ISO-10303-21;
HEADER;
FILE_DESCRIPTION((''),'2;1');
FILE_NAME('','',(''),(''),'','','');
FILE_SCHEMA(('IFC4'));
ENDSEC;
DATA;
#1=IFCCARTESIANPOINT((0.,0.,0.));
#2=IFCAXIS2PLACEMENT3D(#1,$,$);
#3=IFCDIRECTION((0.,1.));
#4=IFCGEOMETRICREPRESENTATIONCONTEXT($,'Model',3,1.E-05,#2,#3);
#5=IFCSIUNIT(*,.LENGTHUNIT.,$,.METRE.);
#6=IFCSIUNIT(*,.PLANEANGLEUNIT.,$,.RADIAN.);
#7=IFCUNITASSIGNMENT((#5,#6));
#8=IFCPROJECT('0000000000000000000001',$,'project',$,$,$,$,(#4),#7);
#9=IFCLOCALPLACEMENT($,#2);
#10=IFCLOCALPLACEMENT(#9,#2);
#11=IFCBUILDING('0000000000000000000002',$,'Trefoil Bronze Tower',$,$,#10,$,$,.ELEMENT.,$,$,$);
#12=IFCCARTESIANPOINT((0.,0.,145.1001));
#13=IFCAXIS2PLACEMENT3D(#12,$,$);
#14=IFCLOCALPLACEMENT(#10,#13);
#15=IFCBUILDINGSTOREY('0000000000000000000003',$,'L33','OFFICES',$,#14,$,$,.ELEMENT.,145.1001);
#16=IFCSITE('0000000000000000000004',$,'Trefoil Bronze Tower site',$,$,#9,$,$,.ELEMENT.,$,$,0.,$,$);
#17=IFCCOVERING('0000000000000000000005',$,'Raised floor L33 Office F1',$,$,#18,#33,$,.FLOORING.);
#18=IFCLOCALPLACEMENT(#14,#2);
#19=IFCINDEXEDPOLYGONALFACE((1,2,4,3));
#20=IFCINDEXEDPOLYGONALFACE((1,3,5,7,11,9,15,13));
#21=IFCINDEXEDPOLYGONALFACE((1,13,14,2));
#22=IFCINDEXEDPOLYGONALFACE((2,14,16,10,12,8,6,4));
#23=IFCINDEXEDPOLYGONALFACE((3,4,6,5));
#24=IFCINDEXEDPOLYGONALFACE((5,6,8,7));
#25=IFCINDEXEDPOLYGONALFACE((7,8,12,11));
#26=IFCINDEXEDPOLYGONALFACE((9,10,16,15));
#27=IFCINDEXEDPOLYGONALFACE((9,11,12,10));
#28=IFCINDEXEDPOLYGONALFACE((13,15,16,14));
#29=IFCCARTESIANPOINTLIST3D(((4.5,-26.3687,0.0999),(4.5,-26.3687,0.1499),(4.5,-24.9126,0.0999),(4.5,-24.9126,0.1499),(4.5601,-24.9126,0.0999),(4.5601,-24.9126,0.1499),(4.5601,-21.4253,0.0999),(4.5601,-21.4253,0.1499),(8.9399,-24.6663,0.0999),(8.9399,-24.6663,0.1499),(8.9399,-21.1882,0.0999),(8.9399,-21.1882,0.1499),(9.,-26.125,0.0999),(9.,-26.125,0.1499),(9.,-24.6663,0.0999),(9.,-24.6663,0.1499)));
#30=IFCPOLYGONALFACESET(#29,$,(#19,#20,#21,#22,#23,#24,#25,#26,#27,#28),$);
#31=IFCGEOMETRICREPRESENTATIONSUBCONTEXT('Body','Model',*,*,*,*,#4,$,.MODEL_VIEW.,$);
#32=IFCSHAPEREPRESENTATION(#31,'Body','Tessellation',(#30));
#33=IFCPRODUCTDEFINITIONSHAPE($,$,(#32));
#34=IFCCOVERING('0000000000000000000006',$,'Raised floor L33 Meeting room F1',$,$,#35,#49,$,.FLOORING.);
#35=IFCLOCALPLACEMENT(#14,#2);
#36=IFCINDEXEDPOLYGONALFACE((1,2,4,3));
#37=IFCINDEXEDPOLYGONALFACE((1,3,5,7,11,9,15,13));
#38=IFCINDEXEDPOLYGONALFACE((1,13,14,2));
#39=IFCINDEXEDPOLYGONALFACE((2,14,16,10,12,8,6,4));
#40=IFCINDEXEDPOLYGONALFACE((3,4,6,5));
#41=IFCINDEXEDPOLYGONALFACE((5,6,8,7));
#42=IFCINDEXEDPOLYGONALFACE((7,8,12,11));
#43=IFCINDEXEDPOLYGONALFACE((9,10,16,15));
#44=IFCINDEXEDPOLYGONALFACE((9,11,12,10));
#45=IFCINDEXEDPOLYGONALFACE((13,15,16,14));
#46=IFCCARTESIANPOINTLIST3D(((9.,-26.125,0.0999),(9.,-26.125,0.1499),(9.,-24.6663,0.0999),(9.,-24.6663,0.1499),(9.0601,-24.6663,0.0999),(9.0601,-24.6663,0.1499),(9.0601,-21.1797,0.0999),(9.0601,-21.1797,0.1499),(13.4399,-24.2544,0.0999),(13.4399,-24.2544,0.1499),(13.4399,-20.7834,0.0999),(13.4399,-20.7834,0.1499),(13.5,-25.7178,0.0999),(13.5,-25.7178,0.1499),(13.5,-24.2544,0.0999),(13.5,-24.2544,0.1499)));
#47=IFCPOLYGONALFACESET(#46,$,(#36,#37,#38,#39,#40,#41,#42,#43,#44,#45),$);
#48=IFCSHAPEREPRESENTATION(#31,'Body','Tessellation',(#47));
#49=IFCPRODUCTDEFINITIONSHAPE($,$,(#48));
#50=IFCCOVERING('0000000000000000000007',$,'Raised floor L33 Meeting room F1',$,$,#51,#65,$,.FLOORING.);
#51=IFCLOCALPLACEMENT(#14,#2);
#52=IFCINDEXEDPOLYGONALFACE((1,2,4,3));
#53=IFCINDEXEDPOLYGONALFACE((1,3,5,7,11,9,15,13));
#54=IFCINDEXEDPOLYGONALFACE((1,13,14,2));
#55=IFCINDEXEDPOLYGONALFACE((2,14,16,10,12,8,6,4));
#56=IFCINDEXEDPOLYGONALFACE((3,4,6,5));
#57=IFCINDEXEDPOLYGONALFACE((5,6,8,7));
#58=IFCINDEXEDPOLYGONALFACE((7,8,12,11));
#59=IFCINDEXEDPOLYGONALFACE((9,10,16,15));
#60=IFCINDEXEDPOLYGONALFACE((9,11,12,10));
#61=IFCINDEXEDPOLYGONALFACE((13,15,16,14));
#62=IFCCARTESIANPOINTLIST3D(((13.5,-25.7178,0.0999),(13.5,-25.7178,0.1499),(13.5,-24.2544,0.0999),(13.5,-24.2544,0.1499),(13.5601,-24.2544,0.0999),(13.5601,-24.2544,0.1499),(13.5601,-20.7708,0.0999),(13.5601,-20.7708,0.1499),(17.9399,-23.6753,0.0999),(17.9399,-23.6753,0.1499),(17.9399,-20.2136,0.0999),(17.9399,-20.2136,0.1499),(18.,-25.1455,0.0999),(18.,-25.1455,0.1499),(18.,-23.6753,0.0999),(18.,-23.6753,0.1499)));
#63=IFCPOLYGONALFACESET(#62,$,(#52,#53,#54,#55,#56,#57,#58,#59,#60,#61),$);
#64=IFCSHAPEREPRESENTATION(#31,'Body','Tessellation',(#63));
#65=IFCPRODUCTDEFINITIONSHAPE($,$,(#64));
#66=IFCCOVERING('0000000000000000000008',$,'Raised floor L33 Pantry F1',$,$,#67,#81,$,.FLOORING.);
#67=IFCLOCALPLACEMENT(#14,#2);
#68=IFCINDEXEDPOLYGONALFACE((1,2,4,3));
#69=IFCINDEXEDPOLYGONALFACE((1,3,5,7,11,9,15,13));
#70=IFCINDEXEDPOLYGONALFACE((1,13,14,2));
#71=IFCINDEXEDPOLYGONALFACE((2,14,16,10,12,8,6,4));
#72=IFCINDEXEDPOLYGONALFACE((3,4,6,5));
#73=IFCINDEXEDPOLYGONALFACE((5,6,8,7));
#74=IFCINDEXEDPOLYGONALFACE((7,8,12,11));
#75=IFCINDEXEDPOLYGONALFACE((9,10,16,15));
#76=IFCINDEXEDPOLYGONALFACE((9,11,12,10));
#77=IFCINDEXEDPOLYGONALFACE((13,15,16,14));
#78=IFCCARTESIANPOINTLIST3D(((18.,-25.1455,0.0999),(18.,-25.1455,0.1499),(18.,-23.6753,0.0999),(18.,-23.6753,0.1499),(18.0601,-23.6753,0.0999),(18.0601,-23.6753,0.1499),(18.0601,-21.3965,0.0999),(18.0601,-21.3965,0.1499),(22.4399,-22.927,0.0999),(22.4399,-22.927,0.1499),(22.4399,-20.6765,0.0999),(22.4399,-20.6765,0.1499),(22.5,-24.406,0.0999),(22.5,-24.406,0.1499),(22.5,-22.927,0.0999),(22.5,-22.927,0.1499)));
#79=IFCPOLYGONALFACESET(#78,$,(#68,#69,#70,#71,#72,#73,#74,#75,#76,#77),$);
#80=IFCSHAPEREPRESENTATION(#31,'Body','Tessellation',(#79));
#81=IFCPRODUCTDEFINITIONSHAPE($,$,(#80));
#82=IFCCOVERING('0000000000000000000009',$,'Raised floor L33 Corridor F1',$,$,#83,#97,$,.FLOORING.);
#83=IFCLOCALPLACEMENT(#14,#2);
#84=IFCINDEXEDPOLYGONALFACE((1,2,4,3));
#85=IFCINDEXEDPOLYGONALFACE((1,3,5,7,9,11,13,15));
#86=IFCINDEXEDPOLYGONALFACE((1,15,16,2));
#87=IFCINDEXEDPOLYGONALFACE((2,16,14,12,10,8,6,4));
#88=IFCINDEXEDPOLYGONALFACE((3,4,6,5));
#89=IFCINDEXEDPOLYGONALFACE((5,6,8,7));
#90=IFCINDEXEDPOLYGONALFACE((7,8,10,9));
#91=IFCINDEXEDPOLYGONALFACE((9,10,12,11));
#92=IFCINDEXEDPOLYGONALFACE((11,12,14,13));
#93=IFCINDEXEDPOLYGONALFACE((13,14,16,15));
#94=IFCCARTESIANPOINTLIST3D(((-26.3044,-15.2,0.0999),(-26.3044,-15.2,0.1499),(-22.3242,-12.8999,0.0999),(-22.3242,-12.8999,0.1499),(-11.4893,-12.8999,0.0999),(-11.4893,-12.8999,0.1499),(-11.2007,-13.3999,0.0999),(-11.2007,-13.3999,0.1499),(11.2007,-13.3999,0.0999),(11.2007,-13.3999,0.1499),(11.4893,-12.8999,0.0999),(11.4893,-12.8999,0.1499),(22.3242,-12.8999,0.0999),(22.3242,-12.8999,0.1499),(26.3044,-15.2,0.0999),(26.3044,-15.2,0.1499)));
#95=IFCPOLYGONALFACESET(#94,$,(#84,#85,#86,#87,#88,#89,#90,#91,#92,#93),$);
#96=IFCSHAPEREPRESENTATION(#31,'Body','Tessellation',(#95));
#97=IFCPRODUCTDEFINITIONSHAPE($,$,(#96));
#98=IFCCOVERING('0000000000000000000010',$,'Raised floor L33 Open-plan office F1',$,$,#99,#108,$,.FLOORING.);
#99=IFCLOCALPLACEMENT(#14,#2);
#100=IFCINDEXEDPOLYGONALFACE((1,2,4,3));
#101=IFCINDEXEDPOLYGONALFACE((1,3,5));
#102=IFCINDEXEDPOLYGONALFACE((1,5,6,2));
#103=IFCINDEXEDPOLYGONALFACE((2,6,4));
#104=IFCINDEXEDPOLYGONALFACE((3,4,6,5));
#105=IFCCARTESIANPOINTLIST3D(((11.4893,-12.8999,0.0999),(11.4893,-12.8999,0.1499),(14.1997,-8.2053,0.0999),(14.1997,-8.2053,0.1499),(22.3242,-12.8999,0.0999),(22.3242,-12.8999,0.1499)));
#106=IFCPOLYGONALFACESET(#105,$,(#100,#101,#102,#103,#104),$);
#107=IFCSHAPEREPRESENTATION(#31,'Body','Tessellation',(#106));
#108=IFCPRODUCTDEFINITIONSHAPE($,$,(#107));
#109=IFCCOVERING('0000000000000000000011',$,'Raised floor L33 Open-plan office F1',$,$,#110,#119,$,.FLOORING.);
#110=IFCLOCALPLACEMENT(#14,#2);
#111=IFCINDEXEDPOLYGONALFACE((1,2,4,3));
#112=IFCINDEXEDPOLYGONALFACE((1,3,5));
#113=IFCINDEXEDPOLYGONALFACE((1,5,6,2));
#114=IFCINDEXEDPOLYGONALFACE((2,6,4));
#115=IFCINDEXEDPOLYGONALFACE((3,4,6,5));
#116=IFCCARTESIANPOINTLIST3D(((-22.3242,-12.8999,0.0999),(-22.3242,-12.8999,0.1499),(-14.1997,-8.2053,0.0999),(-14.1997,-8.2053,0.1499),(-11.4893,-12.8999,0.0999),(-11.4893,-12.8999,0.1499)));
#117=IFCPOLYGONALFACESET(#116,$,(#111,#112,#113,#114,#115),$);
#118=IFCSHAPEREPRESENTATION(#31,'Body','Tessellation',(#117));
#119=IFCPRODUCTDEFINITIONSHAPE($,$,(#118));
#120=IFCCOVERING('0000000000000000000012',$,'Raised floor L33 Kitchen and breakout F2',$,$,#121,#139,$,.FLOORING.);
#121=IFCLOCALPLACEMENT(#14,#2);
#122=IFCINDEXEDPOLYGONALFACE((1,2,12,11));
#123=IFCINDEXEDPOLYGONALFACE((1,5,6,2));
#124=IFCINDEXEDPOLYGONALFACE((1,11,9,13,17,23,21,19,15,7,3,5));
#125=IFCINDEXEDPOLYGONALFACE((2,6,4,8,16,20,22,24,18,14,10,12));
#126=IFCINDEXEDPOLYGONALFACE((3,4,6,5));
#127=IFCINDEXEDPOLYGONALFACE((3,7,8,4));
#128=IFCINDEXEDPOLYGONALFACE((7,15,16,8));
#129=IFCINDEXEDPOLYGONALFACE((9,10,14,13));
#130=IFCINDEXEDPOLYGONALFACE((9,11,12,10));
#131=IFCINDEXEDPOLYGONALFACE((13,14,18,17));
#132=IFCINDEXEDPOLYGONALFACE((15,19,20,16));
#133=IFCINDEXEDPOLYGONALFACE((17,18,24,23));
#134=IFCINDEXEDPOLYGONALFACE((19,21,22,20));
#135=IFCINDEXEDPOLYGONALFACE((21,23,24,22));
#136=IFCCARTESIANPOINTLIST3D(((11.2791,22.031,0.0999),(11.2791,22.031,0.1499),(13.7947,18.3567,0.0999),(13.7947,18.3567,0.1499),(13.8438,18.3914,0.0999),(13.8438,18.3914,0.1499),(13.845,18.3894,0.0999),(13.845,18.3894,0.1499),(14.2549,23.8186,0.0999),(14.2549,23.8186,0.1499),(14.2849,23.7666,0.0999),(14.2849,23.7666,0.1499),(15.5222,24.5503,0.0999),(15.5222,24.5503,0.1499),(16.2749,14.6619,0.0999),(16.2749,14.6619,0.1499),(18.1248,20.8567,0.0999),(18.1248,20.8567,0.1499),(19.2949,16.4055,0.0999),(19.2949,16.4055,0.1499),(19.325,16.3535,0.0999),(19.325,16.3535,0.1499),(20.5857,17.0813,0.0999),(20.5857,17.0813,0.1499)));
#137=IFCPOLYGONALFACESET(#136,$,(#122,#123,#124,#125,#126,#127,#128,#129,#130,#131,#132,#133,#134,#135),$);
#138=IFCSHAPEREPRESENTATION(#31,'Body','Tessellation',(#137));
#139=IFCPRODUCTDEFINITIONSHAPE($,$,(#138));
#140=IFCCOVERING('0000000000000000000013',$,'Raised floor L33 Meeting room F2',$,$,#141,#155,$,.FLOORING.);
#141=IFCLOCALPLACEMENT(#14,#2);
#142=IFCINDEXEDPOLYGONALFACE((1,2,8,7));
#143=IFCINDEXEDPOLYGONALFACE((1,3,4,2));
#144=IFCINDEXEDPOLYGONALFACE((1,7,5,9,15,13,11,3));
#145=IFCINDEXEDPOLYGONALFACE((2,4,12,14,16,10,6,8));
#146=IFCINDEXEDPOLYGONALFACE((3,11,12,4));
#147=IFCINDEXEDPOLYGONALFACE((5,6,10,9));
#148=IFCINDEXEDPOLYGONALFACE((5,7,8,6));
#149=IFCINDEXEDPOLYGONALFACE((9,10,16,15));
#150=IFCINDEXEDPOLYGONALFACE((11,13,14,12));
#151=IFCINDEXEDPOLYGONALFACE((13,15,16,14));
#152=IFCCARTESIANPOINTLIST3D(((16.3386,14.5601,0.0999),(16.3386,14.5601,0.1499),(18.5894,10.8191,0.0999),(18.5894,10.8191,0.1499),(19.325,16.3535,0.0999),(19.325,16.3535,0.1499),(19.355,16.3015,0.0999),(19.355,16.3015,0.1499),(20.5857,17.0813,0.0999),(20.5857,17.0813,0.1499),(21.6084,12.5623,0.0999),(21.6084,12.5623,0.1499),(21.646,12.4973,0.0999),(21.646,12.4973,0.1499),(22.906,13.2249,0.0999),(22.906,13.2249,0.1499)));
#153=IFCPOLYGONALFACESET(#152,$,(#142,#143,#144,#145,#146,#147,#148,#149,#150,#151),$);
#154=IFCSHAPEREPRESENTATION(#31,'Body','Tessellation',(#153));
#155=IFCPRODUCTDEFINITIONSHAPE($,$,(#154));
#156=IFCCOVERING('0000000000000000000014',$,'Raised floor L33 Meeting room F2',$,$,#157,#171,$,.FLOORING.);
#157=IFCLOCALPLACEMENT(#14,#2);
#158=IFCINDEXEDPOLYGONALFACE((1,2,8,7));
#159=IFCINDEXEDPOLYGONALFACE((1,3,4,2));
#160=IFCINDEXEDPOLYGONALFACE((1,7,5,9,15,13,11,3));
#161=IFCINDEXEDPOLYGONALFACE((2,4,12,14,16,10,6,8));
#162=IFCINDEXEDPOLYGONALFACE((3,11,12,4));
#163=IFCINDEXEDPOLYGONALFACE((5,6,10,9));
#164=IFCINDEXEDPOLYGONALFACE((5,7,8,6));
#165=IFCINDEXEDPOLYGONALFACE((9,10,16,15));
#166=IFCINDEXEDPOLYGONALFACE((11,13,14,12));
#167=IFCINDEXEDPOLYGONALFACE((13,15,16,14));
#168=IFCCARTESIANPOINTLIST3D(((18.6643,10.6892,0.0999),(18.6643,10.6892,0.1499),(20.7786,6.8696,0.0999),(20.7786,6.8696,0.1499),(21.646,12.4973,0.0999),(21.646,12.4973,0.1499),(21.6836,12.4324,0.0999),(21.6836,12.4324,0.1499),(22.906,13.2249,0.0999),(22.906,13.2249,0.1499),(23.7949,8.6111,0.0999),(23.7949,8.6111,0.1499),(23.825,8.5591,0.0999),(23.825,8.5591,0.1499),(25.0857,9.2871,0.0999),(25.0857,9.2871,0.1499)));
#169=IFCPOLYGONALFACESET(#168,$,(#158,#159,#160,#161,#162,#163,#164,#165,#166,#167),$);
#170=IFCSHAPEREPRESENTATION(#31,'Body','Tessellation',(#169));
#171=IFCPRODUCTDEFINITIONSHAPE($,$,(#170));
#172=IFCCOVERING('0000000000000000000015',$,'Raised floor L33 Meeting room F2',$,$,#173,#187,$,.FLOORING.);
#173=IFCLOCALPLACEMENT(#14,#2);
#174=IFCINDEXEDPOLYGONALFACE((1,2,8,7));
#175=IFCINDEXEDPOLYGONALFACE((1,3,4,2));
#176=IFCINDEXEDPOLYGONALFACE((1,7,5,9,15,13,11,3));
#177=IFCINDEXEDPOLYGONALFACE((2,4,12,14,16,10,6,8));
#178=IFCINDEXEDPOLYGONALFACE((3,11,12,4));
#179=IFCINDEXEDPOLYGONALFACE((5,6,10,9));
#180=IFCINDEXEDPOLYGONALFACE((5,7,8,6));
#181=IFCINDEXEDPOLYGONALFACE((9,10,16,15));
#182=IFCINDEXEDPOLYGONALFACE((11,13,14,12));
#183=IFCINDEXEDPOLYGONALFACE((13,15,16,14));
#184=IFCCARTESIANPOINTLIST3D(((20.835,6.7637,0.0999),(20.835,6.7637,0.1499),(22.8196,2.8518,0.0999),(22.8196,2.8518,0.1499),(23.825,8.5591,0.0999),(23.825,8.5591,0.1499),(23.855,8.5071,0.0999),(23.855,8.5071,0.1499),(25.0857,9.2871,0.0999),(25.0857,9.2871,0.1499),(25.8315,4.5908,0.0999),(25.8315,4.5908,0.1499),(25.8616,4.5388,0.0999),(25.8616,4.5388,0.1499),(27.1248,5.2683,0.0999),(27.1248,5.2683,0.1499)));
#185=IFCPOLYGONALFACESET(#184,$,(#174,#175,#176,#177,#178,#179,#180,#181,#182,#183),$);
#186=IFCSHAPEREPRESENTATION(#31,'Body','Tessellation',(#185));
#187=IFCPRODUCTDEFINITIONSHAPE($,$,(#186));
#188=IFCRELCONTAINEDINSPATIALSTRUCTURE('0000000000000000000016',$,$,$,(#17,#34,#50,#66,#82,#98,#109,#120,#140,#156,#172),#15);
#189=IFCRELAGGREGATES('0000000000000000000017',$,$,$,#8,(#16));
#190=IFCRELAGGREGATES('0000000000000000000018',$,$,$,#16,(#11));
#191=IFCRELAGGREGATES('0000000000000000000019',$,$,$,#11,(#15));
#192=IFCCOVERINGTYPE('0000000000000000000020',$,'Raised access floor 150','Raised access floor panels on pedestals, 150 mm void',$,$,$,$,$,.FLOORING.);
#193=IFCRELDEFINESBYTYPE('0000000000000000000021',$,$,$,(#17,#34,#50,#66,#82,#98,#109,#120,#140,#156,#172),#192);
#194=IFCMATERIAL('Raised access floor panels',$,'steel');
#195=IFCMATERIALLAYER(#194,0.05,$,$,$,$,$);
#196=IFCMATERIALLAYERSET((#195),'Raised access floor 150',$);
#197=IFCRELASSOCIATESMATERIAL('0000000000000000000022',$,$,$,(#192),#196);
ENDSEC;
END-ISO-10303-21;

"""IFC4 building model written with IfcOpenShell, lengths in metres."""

from ifc_helpers import new_model, si_unit, direction, frame, origin, place, context, subcontext, project, spatial, polyline, outline, extrude, material, layer, layer_set, type_object, element, save


model = new_model("IFC4")

# Units and contexts
model_context = context("Model", 3, precision=1e-05, world=origin(), true_north=direction((0.0, 1.0)))
body_context = subcontext(model_context, "Body", "Model", "MODEL_VIEW")
ifc_project = project(units=[si_unit("LENGTHUNIT", "METRE"), si_unit("PLANEANGLEUNIT", "RADIAN")], contexts=[model_context])

# Site, building, storey
site_placement = place(None, origin())
site = spatial("IfcSite", under=ifc_project, at=site_placement, Name="Trefoil Bronze Tower site", CompositionType="ELEMENT", RefElevation=0.0)
building_placement = place(site_placement, origin())
building = spatial("IfcBuilding", under=site, at=building_placement, Name="Trefoil Bronze Tower", CompositionType="ELEMENT")
storey_placement = place(building_placement, frame((0.0, 0.0, 145.1001)))
storey = spatial("IfcBuildingStorey", under=building, at=storey_placement, Name="L33", Description="OFFICES", CompositionType="ELEMENT", Elevation=145.1001)

# Coverings
ifc_material_1 = material(Name="Raised access floor panels", Category="steel")
ifc_layer_1 = layer(ifc_material_1, 0.05)
ifc_layer_set_1 = layer_set([ifc_layer_1], Name="Raised access floor 150")
covering_type_1 = type_object("IfcCoveringType", Name="Raised access floor 150", Description="Raised access floor panels on pedestals, 150 mm void", PredefinedType="FLOORING", material=ifc_layer_set_1)
covering_1_placement = place(storey_placement, frame((0.0, 0.0, 0.0999)))
element("IfcCovering", 1, at=covering_1_placement, inside=storey, type_object=covering_type_1, Name="Raised floor L33 Office F1", PredefinedType="FLOORING", context=body_context, shape_type="SweptSolid", body=[
    extrude(outline(polyline([(4.5, -24.9126), (4.5601, -24.9126), (4.5601, -21.4253), (8.9399, -21.1882), (8.9399, -24.6663), (9.0, -24.6663), (9.0, -26.125), (4.5, -26.3687), (4.5, -24.9126)])), origin(), (0.0, 0.0, 1.0), 0.05),
])
covering_2_placement = place(storey_placement, frame((0.0, 0.0, 0.0999)))
element("IfcCovering", 2, at=covering_2_placement, inside=storey, type_object=covering_type_1, Name="Raised floor L33 Meeting room F1", PredefinedType="FLOORING", context=body_context, shape_type="SweptSolid", body=[
    extrude(outline(polyline([(9.0, -24.6663), (9.0601, -24.6663), (9.0601, -21.1797), (13.4399, -20.7834), (13.4399, -24.2544), (13.5, -24.2544), (13.5, -25.7178), (9.0, -26.125), (9.0, -24.6663)])), origin(), (0.0, 0.0, 1.0), 0.05),
])
covering_3_placement = place(storey_placement, frame((0.0, 0.0, 0.0999)))
element("IfcCovering", 3, at=covering_3_placement, inside=storey, type_object=covering_type_1, Name="Raised floor L33 Meeting room F1", PredefinedType="FLOORING", context=body_context, shape_type="SweptSolid", body=[
    extrude(outline(polyline([(13.5, -24.2544), (13.5601, -24.2544), (13.5601, -20.7708), (17.9399, -20.2136), (17.9399, -23.6753), (18.0, -23.6753), (18.0, -25.1455), (13.5, -25.7178), (13.5, -24.2544)])), origin(), (0.0, 0.0, 1.0), 0.05),
])
covering_4_placement = place(storey_placement, frame((0.0, 0.0, 0.0999)))
element("IfcCovering", 4, at=covering_4_placement, inside=storey, type_object=covering_type_1, Name="Raised floor L33 Pantry F1", PredefinedType="FLOORING", context=body_context, shape_type="SweptSolid", body=[
    extrude(outline(polyline([(18.0, -23.6753), (18.0601, -23.6753), (18.0601, -21.3965), (22.4399, -20.6765), (22.4399, -22.927), (22.5, -22.927), (22.5, -24.406), (18.0, -25.1455), (18.0, -23.6753)])), origin(), (0.0, 0.0, 1.0), 0.05),
])
covering_5_placement = place(storey_placement, frame((0.0, 0.0, 0.0999)))
element("IfcCovering", 5, at=covering_5_placement, inside=storey, type_object=covering_type_1, Name="Raised floor L33 Corridor F1", PredefinedType="FLOORING", context=body_context, shape_type="SweptSolid", body=[
    extrude(outline(polyline([(26.3044, -15.2), (-26.3044, -15.2), (-22.3242, -12.8999), (-11.4893, -12.8999), (-11.2007, -13.3999), (11.2007, -13.3999), (11.4893, -12.8999), (22.3242, -12.8999), (26.3044, -15.2)])), origin(), (0.0, 0.0, 1.0), 0.05),
])
covering_6_placement = place(storey_placement, frame((0.0, 0.0, 0.0999)))
element("IfcCovering", 6, at=covering_6_placement, inside=storey, type_object=covering_type_1, Name="Raised floor L33 Open-plan office F1", PredefinedType="FLOORING", context=body_context, shape_type="SweptSolid", body=[
    extrude(outline(polyline([(14.1997, -8.2053), (22.3242, -12.8999), (11.4893, -12.8999), (14.1997, -8.2053)])), origin(), (0.0, 0.0, 1.0), 0.05),
])
covering_7_placement = place(storey_placement, frame((0.0, 0.0, 0.0999)))
element("IfcCovering", 7, at=covering_7_placement, inside=storey, type_object=covering_type_1, Name="Raised floor L33 Open-plan office F1", PredefinedType="FLOORING", context=body_context, shape_type="SweptSolid", body=[
    extrude(outline(polyline([(-22.3242, -12.8999), (-14.1997, -8.2053), (-11.4893, -12.8999), (-22.3242, -12.8999)])), origin(), (0.0, 0.0, 1.0), 0.05),
])
covering_8_placement = place(storey_placement, frame((0.0, 0.0, 0.0999)))
element("IfcCovering", 8, at=covering_8_placement, inside=storey, type_object=covering_type_1, Name="Raised floor L33 Kitchen and breakout F2", PredefinedType="FLOORING", context=body_context, shape_type="SweptSolid", body=[
    extrude(outline(polyline([(20.5857, 17.0813), (19.325, 16.3535), (19.2949, 16.4055), (16.2749, 14.6619), (13.845, 18.3894), (13.7947, 18.3567), (13.8438, 18.3914), (11.2791, 22.031), (14.2849, 23.7666), (14.2549, 23.8186), (15.5222, 24.5503), (18.1248, 20.8567), (20.5857, 17.0813)])), origin(), (0.0, 0.0, 1.0), 0.05),
])
covering_9_placement = place(storey_placement, frame((0.0, 0.0, 0.0999)))
element("IfcCovering", 9, at=covering_9_placement, inside=storey, type_object=covering_type_1, Name="Raised floor L33 Meeting room F2", PredefinedType="FLOORING", context=body_context, shape_type="SweptSolid", body=[
    extrude(outline(polyline([(20.5857, 17.0813), (22.906, 13.2249), (21.646, 12.4973), (21.6084, 12.5623), (18.5894, 10.8191), (16.3386, 14.5601), (19.355, 16.3015), (19.325, 16.3535), (20.5857, 17.0813)])), origin(), (0.0, 0.0, 1.0), 0.05),
])
covering_10_placement = place(storey_placement, frame((0.0, 0.0, 0.0999)))
element("IfcCovering", 10, at=covering_10_placement, inside=storey, type_object=covering_type_1, Name="Raised floor L33 Meeting room F2", PredefinedType="FLOORING", context=body_context, shape_type="SweptSolid", body=[
    extrude(outline(polyline([(22.906, 13.2249), (25.0857, 9.2871), (23.825, 8.5591), (23.7949, 8.6111), (20.7786, 6.8696), (18.6643, 10.6892), (21.6836, 12.4324), (21.646, 12.4973), (22.906, 13.2249)])), origin(), (0.0, 0.0, 1.0), 0.05),
])
covering_11_placement = place(storey_placement, frame((0.0, 0.0, 0.0999)))
element("IfcCovering", 11, at=covering_11_placement, inside=storey, type_object=covering_type_1, Name="Raised floor L33 Meeting room F2", PredefinedType="FLOORING", context=body_context, shape_type="SweptSolid", body=[
    extrude(outline(polyline([(25.0857, 9.2871), (27.1248, 5.2683), (25.8616, 4.5388), (25.8315, 4.5908), (22.8196, 2.8518), (20.835, 6.7637), (23.855, 8.5071), (23.825, 8.5591), (25.0857, 9.2871)])), origin(), (0.0, 0.0, 1.0), 0.05),
])

save(model, "model.ifc")
